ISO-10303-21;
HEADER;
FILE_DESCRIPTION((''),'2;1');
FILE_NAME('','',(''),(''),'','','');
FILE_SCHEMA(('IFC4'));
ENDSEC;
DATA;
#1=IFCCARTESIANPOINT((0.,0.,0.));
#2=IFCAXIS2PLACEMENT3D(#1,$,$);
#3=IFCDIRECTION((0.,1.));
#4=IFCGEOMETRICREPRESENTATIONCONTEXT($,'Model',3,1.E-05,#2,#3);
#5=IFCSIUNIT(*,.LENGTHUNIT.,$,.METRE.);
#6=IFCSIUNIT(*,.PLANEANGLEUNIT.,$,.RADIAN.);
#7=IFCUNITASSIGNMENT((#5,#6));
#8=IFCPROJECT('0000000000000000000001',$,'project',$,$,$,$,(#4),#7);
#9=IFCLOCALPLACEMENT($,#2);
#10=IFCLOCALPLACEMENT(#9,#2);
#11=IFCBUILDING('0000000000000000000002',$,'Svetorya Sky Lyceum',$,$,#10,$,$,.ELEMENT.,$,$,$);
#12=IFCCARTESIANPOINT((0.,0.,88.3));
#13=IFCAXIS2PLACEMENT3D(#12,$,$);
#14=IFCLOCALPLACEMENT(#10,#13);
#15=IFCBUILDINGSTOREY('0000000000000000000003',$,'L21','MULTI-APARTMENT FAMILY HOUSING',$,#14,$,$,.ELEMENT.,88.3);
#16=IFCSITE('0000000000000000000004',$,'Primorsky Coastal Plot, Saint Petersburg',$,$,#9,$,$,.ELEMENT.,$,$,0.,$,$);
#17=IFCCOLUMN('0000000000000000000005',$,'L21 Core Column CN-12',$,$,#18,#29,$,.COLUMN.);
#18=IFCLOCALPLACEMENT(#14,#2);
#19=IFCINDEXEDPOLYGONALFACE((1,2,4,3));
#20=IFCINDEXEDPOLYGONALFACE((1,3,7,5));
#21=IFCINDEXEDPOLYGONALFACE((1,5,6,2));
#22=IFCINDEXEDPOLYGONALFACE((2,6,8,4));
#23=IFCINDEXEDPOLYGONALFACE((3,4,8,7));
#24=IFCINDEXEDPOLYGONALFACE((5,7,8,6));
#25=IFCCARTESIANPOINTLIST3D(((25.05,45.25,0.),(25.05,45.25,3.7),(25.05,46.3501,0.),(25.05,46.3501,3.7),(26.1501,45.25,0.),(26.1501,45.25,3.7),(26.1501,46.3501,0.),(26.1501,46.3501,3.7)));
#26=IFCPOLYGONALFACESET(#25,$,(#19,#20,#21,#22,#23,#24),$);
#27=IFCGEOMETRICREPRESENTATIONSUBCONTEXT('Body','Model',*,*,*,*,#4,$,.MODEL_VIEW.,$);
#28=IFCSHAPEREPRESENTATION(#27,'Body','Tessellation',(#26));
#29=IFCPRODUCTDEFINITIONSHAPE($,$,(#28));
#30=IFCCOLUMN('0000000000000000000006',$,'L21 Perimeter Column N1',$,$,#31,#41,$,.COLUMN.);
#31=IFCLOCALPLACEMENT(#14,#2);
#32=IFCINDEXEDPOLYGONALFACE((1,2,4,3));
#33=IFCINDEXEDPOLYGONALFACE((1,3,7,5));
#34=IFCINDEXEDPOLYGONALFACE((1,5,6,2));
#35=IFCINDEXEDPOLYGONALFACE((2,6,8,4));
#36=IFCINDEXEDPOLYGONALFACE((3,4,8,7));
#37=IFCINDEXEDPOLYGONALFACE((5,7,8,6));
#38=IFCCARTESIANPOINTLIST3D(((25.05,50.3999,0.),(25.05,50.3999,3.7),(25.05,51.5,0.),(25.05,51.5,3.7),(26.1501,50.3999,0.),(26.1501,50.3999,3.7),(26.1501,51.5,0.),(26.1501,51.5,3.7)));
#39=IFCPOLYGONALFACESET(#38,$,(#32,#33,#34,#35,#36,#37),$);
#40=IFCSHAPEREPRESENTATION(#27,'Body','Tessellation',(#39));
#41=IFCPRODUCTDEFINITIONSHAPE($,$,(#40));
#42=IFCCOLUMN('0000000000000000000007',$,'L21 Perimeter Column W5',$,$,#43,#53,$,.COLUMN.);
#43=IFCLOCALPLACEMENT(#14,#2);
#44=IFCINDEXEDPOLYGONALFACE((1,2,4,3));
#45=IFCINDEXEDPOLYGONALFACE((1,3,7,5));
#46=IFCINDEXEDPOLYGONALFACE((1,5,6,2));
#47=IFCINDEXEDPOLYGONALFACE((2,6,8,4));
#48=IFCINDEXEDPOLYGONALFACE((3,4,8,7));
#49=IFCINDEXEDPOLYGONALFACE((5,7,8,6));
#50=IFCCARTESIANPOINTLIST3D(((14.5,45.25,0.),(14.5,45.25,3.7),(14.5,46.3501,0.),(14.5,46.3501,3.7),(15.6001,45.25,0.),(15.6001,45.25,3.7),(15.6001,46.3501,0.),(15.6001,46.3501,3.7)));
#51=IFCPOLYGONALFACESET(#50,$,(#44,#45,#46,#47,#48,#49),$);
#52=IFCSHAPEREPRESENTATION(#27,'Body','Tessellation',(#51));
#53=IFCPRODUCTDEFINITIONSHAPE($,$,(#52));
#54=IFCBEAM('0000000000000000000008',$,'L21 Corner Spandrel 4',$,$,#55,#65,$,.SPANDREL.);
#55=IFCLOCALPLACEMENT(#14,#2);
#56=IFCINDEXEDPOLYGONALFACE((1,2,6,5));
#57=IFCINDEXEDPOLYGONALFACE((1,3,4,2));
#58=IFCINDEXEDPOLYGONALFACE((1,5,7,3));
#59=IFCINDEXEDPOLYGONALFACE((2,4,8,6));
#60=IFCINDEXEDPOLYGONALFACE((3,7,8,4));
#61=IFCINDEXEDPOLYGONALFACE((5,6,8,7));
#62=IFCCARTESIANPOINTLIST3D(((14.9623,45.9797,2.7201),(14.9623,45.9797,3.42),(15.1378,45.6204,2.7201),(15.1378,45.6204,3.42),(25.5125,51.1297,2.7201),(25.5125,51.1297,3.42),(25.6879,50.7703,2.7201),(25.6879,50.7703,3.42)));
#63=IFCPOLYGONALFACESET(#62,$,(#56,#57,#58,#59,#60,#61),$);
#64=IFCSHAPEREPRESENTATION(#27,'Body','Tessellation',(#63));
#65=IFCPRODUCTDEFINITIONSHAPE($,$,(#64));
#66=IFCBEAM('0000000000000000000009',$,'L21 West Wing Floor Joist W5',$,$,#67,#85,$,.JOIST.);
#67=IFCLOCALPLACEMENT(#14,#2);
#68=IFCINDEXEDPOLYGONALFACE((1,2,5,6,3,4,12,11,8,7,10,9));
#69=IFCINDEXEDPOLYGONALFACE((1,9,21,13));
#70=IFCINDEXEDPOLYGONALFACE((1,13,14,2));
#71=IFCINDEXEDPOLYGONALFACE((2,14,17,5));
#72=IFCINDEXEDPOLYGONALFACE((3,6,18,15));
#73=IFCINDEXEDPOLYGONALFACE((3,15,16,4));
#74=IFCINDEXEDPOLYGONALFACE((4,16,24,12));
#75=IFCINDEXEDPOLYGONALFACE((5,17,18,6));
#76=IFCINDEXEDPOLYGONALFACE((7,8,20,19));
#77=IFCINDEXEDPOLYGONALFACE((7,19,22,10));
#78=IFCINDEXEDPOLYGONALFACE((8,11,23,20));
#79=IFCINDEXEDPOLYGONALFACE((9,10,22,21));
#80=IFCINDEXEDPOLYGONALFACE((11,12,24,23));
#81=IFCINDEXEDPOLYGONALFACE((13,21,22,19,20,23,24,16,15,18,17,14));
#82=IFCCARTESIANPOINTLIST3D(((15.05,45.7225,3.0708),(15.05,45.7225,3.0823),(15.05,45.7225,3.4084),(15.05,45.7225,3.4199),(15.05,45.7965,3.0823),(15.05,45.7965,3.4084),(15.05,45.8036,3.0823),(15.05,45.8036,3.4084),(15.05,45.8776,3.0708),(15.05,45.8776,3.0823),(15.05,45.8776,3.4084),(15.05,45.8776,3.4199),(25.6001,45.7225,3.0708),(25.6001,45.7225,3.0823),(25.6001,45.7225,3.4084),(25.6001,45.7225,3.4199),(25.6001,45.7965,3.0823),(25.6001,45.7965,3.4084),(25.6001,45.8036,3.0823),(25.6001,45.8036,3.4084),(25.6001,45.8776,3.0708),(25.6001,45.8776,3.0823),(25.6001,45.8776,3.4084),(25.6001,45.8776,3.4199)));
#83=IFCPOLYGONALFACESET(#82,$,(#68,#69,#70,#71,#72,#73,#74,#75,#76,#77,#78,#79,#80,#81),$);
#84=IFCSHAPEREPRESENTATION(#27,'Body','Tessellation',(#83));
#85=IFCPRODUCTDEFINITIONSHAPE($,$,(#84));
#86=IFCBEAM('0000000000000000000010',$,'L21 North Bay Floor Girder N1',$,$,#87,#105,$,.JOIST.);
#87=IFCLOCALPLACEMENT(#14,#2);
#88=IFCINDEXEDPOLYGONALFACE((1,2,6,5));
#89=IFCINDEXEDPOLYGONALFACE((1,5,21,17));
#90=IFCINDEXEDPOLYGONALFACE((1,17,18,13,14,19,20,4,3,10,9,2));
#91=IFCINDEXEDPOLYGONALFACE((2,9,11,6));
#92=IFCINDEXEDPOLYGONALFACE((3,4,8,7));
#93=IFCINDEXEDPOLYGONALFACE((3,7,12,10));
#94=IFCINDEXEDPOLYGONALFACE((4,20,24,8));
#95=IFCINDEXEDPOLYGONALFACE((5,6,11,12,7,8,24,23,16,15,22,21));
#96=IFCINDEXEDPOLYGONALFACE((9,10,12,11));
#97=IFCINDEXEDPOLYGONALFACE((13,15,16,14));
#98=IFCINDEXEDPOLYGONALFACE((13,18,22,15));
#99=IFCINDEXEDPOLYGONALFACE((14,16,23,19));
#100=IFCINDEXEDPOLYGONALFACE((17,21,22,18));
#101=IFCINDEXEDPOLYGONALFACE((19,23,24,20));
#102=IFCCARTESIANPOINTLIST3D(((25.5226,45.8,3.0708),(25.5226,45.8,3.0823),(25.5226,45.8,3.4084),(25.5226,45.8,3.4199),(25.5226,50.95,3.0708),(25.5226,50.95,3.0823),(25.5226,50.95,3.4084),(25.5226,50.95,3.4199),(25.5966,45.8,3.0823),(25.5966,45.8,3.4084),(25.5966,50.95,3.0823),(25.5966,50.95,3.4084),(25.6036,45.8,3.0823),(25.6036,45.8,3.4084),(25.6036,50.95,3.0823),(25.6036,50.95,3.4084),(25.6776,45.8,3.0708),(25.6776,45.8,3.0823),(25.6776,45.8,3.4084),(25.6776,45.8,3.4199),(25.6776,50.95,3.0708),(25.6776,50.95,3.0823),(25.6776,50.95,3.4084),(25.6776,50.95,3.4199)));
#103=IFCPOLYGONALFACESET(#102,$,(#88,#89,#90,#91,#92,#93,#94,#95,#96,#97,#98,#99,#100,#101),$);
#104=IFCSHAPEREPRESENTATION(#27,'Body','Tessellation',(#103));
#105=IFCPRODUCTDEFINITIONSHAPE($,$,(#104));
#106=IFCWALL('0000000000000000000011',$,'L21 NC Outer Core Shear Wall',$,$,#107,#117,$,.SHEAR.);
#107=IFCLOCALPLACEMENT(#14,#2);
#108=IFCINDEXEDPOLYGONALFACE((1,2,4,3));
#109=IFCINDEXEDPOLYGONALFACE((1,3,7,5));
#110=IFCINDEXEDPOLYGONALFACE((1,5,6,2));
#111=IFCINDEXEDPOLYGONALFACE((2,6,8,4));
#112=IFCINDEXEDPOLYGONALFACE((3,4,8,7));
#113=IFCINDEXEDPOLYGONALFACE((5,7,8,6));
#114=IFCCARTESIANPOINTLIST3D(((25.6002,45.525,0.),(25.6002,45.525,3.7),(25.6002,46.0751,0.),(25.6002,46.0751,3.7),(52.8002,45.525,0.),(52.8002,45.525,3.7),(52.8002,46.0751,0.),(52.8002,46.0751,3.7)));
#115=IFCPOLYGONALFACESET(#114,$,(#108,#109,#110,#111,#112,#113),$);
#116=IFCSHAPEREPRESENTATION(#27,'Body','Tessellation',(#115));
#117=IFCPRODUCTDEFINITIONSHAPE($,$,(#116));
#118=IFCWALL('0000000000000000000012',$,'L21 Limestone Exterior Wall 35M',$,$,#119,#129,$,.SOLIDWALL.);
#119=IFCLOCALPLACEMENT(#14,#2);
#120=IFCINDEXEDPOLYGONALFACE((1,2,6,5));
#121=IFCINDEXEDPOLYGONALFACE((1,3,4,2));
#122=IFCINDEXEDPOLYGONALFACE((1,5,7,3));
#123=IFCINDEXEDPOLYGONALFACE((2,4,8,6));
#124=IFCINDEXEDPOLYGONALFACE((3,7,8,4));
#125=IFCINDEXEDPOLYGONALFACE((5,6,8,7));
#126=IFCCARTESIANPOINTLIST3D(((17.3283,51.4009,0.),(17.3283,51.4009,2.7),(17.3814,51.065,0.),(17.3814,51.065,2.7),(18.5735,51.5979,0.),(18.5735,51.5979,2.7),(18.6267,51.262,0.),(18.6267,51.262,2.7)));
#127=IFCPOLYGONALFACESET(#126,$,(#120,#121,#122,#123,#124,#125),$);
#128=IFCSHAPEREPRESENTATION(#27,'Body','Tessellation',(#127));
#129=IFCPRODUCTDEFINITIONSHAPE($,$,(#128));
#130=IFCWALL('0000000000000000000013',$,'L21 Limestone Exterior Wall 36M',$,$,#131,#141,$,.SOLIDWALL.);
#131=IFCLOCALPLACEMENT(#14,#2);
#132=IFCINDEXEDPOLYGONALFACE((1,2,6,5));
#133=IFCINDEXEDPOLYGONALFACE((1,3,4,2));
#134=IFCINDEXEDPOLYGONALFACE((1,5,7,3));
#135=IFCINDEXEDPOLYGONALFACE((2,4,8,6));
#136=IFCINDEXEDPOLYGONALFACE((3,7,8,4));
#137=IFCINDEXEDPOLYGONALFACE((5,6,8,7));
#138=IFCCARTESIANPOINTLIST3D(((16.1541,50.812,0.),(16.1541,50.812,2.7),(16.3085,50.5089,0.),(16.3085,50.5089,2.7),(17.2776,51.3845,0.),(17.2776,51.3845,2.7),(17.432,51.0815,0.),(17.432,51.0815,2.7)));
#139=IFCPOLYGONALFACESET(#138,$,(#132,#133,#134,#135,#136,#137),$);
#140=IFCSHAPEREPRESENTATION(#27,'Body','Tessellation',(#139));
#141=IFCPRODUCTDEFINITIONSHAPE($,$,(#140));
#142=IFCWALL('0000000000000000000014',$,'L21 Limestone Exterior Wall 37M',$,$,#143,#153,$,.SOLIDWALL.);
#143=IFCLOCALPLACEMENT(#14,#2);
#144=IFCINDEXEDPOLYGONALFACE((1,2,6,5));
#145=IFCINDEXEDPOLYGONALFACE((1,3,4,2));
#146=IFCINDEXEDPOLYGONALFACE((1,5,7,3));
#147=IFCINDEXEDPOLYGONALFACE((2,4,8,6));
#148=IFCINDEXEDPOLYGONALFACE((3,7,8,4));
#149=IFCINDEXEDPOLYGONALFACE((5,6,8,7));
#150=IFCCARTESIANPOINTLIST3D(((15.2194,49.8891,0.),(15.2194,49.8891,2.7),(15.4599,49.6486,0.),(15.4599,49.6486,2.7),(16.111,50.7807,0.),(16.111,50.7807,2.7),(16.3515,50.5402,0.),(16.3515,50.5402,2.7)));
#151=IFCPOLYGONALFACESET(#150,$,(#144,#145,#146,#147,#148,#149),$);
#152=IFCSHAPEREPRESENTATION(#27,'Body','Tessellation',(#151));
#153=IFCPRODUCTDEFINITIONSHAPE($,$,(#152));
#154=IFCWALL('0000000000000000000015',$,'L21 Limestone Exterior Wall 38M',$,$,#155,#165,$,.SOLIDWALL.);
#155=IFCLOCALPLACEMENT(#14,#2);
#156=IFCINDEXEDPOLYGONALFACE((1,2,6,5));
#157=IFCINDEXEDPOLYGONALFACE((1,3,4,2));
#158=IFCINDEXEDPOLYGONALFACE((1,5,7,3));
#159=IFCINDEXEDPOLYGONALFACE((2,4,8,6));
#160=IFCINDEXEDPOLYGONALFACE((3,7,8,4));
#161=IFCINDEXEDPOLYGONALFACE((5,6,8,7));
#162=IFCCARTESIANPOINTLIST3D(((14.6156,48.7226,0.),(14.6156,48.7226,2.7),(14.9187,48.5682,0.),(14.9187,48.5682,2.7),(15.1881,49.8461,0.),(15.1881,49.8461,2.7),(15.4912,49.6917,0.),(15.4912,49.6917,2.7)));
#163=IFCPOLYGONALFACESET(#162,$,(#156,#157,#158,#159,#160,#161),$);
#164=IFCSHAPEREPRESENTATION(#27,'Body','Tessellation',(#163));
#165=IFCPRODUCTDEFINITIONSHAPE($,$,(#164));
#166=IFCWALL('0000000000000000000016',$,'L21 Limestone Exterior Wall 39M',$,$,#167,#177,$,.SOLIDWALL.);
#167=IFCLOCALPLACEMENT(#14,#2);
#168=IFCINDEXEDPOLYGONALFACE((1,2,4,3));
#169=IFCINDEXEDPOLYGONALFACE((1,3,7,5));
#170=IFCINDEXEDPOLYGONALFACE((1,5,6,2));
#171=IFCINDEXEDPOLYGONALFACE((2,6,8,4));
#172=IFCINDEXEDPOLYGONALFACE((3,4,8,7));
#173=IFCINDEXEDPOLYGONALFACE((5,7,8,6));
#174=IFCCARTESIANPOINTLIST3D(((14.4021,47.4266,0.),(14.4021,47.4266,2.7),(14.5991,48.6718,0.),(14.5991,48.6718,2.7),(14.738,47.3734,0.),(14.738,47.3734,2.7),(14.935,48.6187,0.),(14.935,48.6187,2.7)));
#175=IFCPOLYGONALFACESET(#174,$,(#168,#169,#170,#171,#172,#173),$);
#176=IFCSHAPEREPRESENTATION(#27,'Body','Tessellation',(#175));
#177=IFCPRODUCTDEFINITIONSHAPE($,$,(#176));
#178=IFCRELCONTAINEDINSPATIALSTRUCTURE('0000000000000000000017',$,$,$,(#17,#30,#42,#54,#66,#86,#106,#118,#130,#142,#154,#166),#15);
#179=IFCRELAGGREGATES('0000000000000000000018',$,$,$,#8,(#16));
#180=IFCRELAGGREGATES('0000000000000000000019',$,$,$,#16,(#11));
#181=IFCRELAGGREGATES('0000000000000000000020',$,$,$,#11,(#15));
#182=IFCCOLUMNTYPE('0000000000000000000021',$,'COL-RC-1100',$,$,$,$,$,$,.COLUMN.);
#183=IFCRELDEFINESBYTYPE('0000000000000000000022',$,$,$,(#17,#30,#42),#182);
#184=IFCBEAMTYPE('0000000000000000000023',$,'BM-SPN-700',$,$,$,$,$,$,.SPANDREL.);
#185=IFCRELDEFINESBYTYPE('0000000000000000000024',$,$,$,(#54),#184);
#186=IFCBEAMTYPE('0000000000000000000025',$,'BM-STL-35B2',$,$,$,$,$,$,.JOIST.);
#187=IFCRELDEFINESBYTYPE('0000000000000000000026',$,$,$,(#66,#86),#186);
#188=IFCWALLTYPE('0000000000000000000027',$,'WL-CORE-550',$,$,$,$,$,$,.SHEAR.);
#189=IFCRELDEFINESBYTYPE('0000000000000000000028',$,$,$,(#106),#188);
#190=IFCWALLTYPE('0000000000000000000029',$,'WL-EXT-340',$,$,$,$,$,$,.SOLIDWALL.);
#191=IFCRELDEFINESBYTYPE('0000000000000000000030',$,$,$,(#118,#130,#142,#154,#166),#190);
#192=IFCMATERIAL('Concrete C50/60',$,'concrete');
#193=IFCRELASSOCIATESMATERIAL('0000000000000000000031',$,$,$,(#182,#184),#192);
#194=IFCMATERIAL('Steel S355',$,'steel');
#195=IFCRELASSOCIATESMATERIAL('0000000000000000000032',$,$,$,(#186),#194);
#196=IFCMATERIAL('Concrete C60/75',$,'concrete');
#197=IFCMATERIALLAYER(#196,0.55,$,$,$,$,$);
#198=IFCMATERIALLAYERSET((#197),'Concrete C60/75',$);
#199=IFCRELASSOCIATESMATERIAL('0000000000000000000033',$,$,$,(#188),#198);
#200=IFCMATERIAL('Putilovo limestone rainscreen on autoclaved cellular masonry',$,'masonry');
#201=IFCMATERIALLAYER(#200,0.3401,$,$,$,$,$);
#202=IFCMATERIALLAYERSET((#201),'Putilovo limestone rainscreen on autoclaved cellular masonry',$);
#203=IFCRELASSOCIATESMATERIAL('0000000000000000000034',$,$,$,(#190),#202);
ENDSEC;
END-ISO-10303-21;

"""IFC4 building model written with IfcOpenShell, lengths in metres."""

from ifc_helpers import new_model, si_unit, direction, frame, frame_2d, origin, origin_2d, place, context, subcontext, project, spatial, rectangle, i_section, extrude, material, layer, layer_set, material_profile, profile_set, type_object, element, save


model = new_model("IFC4")

# Units and contexts
model_context = context("Model", 3, precision=1e-05, world=origin(), true_north=direction((0.0, 1.0)))
body_context = subcontext(model_context, "Body", "Model", "MODEL_VIEW")
ifc_project = project(units=[si_unit("LENGTHUNIT", "METRE"), si_unit("PLANEANGLEUNIT", "RADIAN")], contexts=[model_context])

# Site, building, storey
site_placement = place(None, origin())
site = spatial("IfcSite", under=ifc_project, at=site_placement, Name="Primorsky Coastal Plot, Saint Petersburg", CompositionType="ELEMENT", RefElevation=0.0)
building_placement = place(site_placement, origin())
building = spatial("IfcBuilding", under=site, at=building_placement, Name="Svetorya Sky Lyceum", CompositionType="ELEMENT")
storey_placement = place(building_placement, frame((0.0, 0.0, 88.3)))
storey = spatial("IfcBuildingStorey", under=building, at=storey_placement, Name="L21", Description="MULTI-APARTMENT FAMILY HOUSING", CompositionType="ELEMENT", Elevation=88.3)

# Columns
ifc_material_1 = material(Name="Concrete C50/60", Category="concrete")
ifc_material_profile_1 = material_profile(ifc_material_1, rectangle(XDim=1.1001, YDim=1.1001, at=origin_2d()), Name="RC COL 1100x1100")
ifc_profile_set_1 = profile_set([ifc_material_profile_1], Name="Concrete C50/60")
column_type = type_object("IfcColumnType", Name="COL-RC-1100", PredefinedType="COLUMN", material=ifc_profile_set_1)
for number, where, z_axis, x_axis, name in (
    (1, (25.6001, 45.8, 0.0), (0.0, 0.0, 1.0), (1.0, 0.0, 0.0), "L21 Core Column CN-12"),
    (2, (25.6001, 50.95, 0.0), (0.0, 0.0, 1.0), (1.0, 0.0, 0.0), "L21 Perimeter Column N1"),
    (3, (15.05, 45.8, 0.0), (0.0, 0.0, 1.0), (1.0, 0.0, 0.0), "L21 Perimeter Column W5"),
):
    element("IfcColumn", number, at=place(storey_placement, frame(where, z_axis=z_axis, x_axis=x_axis)), inside=storey, type_object=column_type, Name=name, PredefinedType="COLUMN", context=body_context, shape_type="SweptSolid", body=[
        extrude(rectangle(XDim=1.1001, YDim=1.1001, at=origin_2d()), origin(), (0.0, 0.0, 1.0), 3.7),
    ])

# Beams
ifc_material_profile_2 = material_profile(ifc_material_1, rectangle(XDim=0.3999, YDim=0.7, at=origin_2d()), Name="RC SPANDREL 400x700")
ifc_profile_set_2 = profile_set([ifc_material_profile_2], Name="Concrete C50/60")
beam_type_1 = type_object("IfcBeamType", Name="BM-SPN-700", PredefinedType="SPANDREL", material=ifc_profile_set_2)
beam_1_placement = place(storey_placement, frame((15.05, 45.8, 3.0701), z_axis=(0.89865, 0.438667, 0.0), x_axis=(-0.438667, 0.89865, 0.0)))
element("IfcBeam", 4, at=beam_1_placement, inside=storey, type_object=beam_type_1, Name="L21 Corner Spandrel 4", PredefinedType="SPANDREL", context=body_context, shape_type="SweptSolid", body=[
    extrude(rectangle(XDim=0.3999, YDim=0.7, at=origin_2d()), origin(), (0.0, 0.0, 1.0), 11.74),
])
ifc_material_2 = material(Name="Steel S355", Category="steel")
ifc_material_profile_3 = material_profile(ifc_material_2, i_section(OverallWidth=0.155, OverallDepth=0.3491, WebThickness=0.0071, FlangeThickness=0.0115, at=origin_2d()), Name="GOST 35B2")
ifc_profile_set_3 = profile_set([ifc_material_profile_3], Name="Steel S355")
beam_type_2 = type_object("IfcBeamType", Name="BM-STL-35B2", PredefinedType="JOIST", material=ifc_profile_set_3)
beam_2_placement = place(storey_placement, frame((15.05, 45.8, 3.2454), z_axis=(1.0, 0.0, 0.0), x_axis=(0.0, 1.0, 0.0)))
element("IfcBeam", 5, at=beam_2_placement, inside=storey, type_object=beam_type_2, Name="L21 West Wing Floor Joist W5", PredefinedType="JOIST", context=body_context, shape_type="SweptSolid", body=[
    extrude(i_section(OverallWidth=0.155, OverallDepth=0.3491, WebThickness=0.0071, FlangeThickness=0.0115, at=origin_2d()), origin(), (0.0, 0.0, 1.0), 10.55),
])
beam_3_placement = place(storey_placement, frame((25.6001, 45.8, 3.2454), z_axis=(0.0, 1.0, 0.0), x_axis=(-1.0, 0.0, 0.0)))
element("IfcBeam", 6, at=beam_3_placement, inside=storey, type_object=beam_type_2, Name="L21 North Bay Floor Girder N1", PredefinedType="JOIST", context=body_context, shape_type="SweptSolid", body=[
    extrude(i_section(OverallWidth=0.155, OverallDepth=0.3491, WebThickness=0.0071, FlangeThickness=0.0115, at=origin_2d()), origin(), (0.0, 0.0, 1.0), 5.1499),
])

# Walls
ifc_material_3 = material(Name="Concrete C60/75", Category="concrete")
ifc_layer_1 = layer(ifc_material_3, 0.55)
ifc_layer_set_1 = layer_set([ifc_layer_1], Name="Concrete C60/75")
wall_type_1 = type_object("IfcWallType", Name="WL-CORE-550", PredefinedType="SHEAR", material=ifc_layer_set_1)
wall_1_placement = place(storey_placement, frame((25.6001, 45.8, 0.0), z_axis=(0.0, 0.0, 1.0), x_axis=(1.0, 0.0, 0.0)))
element("IfcWall", 7, at=wall_1_placement, inside=storey, type_object=wall_type_1, Name="L21 NC Outer Core Shear Wall", PredefinedType="SHEAR", context=body_context, shape_type="SweptSolid", body=[
    extrude(rectangle(XDim=27.2, YDim=0.55, at=frame_2d((13.6001, 0.0))), origin(), (0.0, 0.0, 1.0), 3.7),
])
ifc_material_4 = material(Name="Putilovo limestone rainscreen on autoclaved cellular masonry", Category="masonry")
ifc_layer_2 = layer(ifc_material_4, 0.3401)
ifc_layer_set_2 = layer_set([ifc_layer_2], Name="Putilovo limestone rainscreen on autoclaved cellular masonry")
wall_type_2 = type_object("IfcWallType", Name="WL-EXT-340", PredefinedType="SOLIDWALL", material=ifc_layer_set_2)
wall_2_placement = place(storey_placement, frame((18.6001, 51.4299, 0.0), z_axis=(0.0, 0.0, 1.0), x_axis=(-0.987716, -0.156261, 0.0)))
element("IfcWall", 8, at=wall_2_placement, inside=storey, type_object=wall_type_2, Name="L21 Limestone Exterior Wall 35M", PredefinedType="SOLIDWALL", context=body_context, shape_type="SweptSolid", body=[
    extrude(rectangle(XDim=1.2607, YDim=0.3401, at=frame_2d((0.6304, 0.0))), origin(), (0.0, 0.0, 1.0), 2.7),
])
for number, where, z_axis, x_axis, name in (
    (9, (17.3547, 51.2329, 0.0), (0.0, 0.0, 1.0), (-0.890994, -0.454016, 0.0), "L21 Limestone Exterior Wall 36M"),
    (10, (16.2312, 50.6604, 0.0), (0.0, 0.0, 1.0), (-0.707107, -0.707107, 0.0), "L21 Limestone Exterior Wall 37M"),
    (11, (15.3396, 49.7688, 0.0), (0.0, 0.0, 1.0), (-0.454016, -0.890994, 0.0), "L21 Limestone Exterior Wall 38M"),
):
    element("IfcWall", number, at=place(storey_placement, frame(where, z_axis=z_axis, x_axis=x_axis)), inside=storey, type_object=wall_type_2, Name=name, PredefinedType="SOLIDWALL", context=body_context, shape_type="SweptSolid", body=[
        extrude(rectangle(XDim=1.261, YDim=0.3401, at=frame_2d((0.6304, 0.0))), origin(), (0.0, 0.0, 1.0), 2.7),
    ])
wall_3_placement = place(storey_placement, frame((14.7671, 48.6453, 0.0), z_axis=(0.0, 0.0, 1.0), x_axis=(-0.156261, -0.987716, 0.0)))
element("IfcWall", 12, at=wall_3_placement, inside=storey, type_object=wall_type_2, Name="L21 Limestone Exterior Wall 39M", PredefinedType="SOLIDWALL", context=body_context, shape_type="SweptSolid", body=[
    extrude(rectangle(XDim=1.2607, YDim=0.3401, at=frame_2d((0.6304, 0.0))), origin(), (0.0, 0.0, 1.0), 2.7),
])

save(model, "model.ifc")
